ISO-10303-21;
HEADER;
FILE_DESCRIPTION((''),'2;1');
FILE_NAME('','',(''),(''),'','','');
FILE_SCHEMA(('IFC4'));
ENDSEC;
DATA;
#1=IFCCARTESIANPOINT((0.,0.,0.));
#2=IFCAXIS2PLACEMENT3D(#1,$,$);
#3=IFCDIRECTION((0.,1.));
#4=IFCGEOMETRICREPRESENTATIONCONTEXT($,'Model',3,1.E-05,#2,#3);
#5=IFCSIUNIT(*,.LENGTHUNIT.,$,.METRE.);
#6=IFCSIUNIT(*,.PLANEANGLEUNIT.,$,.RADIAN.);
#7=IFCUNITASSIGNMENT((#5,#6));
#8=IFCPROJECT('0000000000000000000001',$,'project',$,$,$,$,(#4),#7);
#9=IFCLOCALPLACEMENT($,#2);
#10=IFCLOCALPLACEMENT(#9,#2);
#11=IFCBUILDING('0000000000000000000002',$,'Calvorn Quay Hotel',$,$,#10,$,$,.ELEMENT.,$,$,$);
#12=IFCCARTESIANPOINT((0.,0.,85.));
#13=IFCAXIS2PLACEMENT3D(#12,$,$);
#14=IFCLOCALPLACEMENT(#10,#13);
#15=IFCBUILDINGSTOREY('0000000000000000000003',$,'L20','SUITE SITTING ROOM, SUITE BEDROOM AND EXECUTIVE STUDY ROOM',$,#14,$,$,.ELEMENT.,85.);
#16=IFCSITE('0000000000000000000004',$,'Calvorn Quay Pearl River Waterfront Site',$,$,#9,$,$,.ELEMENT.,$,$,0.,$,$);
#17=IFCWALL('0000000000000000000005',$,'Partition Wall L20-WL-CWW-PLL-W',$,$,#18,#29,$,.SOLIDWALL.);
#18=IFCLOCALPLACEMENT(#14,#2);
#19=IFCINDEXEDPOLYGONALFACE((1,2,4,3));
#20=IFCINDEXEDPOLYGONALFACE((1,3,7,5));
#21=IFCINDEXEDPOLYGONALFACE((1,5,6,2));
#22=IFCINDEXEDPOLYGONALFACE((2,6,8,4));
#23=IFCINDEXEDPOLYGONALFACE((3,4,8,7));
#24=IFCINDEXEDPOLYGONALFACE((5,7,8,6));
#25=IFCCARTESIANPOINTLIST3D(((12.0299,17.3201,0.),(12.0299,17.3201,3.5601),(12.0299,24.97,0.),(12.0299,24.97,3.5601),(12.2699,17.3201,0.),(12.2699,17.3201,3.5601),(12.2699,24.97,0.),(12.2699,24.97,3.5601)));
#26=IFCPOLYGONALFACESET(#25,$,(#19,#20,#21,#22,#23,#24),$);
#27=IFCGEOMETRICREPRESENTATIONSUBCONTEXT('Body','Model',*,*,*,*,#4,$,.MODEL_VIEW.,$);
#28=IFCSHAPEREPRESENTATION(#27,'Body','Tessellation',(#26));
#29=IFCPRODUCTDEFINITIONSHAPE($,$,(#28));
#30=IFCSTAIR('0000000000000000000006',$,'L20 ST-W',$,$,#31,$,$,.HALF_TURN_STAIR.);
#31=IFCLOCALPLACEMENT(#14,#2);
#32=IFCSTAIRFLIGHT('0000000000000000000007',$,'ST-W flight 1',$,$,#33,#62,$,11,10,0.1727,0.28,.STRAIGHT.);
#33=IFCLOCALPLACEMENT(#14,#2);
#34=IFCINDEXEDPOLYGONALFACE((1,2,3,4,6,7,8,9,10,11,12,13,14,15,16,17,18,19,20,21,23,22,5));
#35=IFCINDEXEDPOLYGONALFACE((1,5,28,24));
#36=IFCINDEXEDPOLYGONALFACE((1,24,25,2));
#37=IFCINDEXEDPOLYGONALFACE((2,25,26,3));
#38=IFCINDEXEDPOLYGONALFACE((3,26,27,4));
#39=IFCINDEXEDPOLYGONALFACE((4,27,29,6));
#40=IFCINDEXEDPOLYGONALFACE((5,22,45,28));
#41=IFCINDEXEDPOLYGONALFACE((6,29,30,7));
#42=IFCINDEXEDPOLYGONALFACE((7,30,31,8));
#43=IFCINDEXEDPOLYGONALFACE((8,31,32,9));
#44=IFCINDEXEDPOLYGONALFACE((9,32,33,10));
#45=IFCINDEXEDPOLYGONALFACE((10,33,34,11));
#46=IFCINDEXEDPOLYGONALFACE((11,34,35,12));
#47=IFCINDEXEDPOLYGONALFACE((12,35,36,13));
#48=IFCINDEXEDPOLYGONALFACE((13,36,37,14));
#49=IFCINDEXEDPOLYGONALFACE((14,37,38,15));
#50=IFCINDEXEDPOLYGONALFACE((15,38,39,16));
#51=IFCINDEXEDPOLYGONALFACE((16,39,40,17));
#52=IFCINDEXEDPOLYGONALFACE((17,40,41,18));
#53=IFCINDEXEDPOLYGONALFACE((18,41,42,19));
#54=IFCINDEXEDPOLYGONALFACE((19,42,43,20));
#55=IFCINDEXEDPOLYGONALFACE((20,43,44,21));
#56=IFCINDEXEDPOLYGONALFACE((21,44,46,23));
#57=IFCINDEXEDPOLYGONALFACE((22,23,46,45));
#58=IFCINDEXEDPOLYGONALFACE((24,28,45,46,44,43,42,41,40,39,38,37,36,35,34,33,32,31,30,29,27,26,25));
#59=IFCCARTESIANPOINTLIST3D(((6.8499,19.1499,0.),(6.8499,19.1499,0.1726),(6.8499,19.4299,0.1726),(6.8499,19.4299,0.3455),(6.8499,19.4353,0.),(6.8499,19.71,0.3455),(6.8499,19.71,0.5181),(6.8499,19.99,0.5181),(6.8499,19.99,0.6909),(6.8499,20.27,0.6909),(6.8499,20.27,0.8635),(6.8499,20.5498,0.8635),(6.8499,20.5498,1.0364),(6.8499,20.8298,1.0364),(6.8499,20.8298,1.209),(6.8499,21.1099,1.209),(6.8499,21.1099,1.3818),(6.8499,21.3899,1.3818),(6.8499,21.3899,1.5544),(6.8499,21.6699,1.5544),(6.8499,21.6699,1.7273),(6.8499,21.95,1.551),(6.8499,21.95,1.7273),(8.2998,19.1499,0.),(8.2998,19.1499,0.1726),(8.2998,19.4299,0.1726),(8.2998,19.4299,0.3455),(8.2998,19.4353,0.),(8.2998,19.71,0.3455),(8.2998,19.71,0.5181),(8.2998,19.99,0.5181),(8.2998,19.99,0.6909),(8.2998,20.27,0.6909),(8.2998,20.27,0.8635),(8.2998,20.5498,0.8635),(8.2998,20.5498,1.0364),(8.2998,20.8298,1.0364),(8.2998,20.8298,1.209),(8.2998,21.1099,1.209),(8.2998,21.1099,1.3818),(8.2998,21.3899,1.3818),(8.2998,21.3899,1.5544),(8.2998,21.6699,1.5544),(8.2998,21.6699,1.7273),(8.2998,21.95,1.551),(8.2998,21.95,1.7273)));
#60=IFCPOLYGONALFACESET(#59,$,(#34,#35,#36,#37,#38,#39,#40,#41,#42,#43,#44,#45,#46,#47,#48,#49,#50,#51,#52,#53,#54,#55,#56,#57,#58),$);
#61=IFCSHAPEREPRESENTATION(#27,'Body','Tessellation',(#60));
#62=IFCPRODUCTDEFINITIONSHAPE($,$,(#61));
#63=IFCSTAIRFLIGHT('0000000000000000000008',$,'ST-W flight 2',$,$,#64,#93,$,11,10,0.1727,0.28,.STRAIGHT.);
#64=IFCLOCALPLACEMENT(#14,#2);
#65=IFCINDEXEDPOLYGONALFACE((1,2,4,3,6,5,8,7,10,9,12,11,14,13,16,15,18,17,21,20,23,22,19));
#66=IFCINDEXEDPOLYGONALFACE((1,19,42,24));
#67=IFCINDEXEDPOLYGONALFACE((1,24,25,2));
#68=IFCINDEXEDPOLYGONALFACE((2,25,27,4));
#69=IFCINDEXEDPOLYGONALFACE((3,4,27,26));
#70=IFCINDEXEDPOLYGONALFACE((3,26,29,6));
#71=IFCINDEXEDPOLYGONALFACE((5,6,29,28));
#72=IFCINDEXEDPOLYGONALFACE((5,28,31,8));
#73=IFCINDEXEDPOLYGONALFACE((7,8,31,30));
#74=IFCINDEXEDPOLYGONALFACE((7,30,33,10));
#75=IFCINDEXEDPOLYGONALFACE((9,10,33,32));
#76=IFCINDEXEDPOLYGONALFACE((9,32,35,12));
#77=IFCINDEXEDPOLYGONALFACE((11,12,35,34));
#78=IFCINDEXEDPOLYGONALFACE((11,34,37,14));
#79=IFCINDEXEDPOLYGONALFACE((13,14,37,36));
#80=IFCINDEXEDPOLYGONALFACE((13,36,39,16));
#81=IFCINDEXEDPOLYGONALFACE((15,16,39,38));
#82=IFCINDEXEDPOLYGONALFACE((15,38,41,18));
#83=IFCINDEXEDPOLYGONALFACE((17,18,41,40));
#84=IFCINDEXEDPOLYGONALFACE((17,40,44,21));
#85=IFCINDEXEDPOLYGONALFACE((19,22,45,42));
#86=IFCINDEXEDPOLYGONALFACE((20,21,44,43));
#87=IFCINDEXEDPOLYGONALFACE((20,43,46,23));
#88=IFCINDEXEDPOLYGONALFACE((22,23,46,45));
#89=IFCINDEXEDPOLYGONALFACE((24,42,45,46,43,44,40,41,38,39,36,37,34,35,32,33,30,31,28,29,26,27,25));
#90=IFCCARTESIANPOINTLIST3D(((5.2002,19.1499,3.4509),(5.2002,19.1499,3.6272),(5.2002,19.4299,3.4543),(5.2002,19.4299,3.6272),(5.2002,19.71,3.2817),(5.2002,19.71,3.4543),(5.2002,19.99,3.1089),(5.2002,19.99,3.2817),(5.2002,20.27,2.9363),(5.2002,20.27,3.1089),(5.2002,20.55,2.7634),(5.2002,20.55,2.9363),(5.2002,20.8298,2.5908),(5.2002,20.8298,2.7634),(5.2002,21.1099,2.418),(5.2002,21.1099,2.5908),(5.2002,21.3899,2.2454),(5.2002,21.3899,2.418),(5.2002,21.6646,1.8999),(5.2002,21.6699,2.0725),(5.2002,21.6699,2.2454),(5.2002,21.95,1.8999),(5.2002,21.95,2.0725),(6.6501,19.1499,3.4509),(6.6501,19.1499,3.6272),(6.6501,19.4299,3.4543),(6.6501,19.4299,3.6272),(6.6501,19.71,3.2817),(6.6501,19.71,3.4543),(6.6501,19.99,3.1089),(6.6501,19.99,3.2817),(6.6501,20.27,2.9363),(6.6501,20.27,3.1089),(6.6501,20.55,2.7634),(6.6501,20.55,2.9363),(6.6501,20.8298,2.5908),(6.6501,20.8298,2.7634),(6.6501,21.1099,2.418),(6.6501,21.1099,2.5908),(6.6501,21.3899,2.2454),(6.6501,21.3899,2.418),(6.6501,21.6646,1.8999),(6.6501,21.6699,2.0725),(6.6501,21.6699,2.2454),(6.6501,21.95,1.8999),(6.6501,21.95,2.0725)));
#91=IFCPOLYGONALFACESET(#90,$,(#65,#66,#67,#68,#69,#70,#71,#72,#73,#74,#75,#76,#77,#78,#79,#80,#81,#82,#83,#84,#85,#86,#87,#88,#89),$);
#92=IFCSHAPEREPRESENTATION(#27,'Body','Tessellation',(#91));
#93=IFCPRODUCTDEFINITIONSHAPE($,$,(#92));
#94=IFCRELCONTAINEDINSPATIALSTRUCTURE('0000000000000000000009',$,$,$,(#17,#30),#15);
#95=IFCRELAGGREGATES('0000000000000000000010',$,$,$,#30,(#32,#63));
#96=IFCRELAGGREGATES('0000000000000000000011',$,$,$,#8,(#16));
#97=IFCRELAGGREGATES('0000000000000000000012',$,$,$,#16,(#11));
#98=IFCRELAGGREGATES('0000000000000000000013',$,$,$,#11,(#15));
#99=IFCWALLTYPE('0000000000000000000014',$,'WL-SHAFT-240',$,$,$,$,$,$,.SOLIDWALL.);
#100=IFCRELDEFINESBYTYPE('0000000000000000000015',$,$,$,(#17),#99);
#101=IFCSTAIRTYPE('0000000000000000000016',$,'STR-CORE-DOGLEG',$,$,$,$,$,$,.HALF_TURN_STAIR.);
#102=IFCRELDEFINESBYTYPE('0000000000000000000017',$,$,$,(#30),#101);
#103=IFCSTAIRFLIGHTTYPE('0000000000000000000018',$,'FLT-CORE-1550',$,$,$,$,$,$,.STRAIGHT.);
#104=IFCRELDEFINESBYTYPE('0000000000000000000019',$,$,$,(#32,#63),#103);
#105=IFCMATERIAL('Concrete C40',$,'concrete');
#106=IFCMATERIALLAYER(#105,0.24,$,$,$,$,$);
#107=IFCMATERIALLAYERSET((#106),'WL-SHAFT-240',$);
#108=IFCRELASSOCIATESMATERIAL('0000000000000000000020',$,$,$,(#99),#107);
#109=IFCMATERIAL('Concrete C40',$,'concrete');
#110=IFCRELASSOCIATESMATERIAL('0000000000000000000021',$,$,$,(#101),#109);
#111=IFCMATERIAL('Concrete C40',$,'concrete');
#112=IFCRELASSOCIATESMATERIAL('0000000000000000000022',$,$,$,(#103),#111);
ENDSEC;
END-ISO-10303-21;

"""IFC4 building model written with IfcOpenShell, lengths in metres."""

from ifc_helpers import new_model, si_unit, direction, frame, frame_2d, origin, place, context, subcontext, project, spatial, polyline, rectangle, outline, extrude, material, layer, layer_set, type_object, element, aggregate, save


model = new_model("IFC4")

# Units and contexts
model_context = context("Model", 3, precision=1e-05, world=origin(), true_north=direction((0.0, 1.0)))
body_context = subcontext(model_context, "Body", "Model", "MODEL_VIEW")
ifc_project = project(units=[si_unit("LENGTHUNIT", "METRE"), si_unit("PLANEANGLEUNIT", "RADIAN")], contexts=[model_context])

# Site, building, storey
site_placement = place(None, origin())
site = spatial("IfcSite", under=ifc_project, at=site_placement, Name="Calvorn Quay Pearl River Waterfront Site", CompositionType="ELEMENT", RefElevation=0.0)
building_placement = place(site_placement, origin())
building = spatial("IfcBuilding", under=site, at=building_placement, Name="Calvorn Quay Hotel", CompositionType="ELEMENT")
storey_placement = place(building_placement, frame((0.0, 0.0, 85.0)))
storey = spatial("IfcBuildingStorey", under=building, at=storey_placement, Name="L20", Description="SUITE SITTING ROOM, SUITE BEDROOM AND EXECUTIVE STUDY ROOM", CompositionType="ELEMENT", Elevation=85.0)

# Shared definitions
ifc_material_1 = material(Name="Concrete C40", Category="concrete")
ifc_layer_1 = layer(ifc_material_1, 0.24)
ifc_layer_set_1 = layer_set([ifc_layer_1], Name="WL-SHAFT-240")
wall_type_1 = type_object("IfcWallType", Name="WL-SHAFT-240", PredefinedType="SOLIDWALL", material=ifc_layer_set_1)

# Wall
wall_1_placement = place(storey_placement, frame((12.1499, 17.3201, 0.0), z_axis=(0.0, 0.0, 1.0), x_axis=(0.0, 1.0, 0.0)))
element("IfcWall", 1, at=wall_1_placement, inside=storey, type_object=wall_type_1, Name="Partition Wall L20-WL-CWW-PLL-W", PredefinedType="SOLIDWALL", context=body_context, shape_type="SweptSolid", body=[
    extrude(rectangle(XDim=7.6499, YDim=0.24, at=frame_2d((3.825, 0.0))), origin(), (0.0, 0.0, 1.0), 3.5601),
])

# Stair, stair flights
ifc_material_2 = material(Name="Concrete C40", Category="concrete")
stair_type = type_object("IfcStairType", Name="STR-CORE-DOGLEG", PredefinedType="HALF_TURN_STAIR", material=ifc_material_2)
stair_placement = place(storey_placement, origin())
stair = element("IfcStair", 2, at=stair_placement, inside=storey, type_object=stair_type, Name="L20 ST-W", PredefinedType="HALF_TURN_STAIR")
ifc_material_3 = material(Name="Concrete C40", Category="concrete")
stair_flight_type = type_object("IfcStairFlightType", Name="FLT-CORE-1550", PredefinedType="STRAIGHT", material=ifc_material_3)
stair_flight_1_placement = place(storey_placement, frame((7.575, 19.1499, 0.0), z_axis=(0.0, 0.0, 1.0), x_axis=(0.0, 1.0, 0.0)))
stair_flight_1 = element("IfcStairFlight", 3, at=stair_flight_1_placement, type_object=stair_flight_type, Name="ST-W flight 1", NumberOfRisers=11, NumberOfTreads=10, PredefinedType="STRAIGHT", RiserHeight=0.1727, TreadLength=0.28, context=body_context, shape_type="SweptSolid", body=[
    extrude(outline(polyline([(0.0, 0.0), (0.0, 0.1726), (0.28, 0.1726), (0.28, 0.3455), (0.5601, 0.3455), (0.5601, 0.5181), (0.8401, 0.5181), (0.8401, 0.6909), (1.1201, 0.6909), (1.1201, 0.8635), (1.3999, 0.8635), (1.3999, 1.0364), (1.6799, 1.0364), (1.6799, 1.209), (1.96, 1.209), (1.96, 1.3818), (2.24, 1.3818), (2.24, 1.5544), (2.52, 1.5544), (2.52, 1.7273), (2.8, 1.7273), (2.8, 1.8999), (2.8, 1.551), (0.2854, 0.0), (0.0, 0.0)])), frame((0.0, 0.7251, 0.0), z_axis=(0.0, -1.0, 0.0), x_axis=(1.0, 0.0, 0.0)), (0.0, 0.0, 1.0), 1.45),
])
stair_flight_2_placement = place(storey_placement, frame((5.925, 21.95, 1.8999), z_axis=(0.0, 0.0, 1.0), x_axis=(0.0, -1.0, 0.0)))
stair_flight_2 = element("IfcStairFlight", 4, at=stair_flight_2_placement, type_object=stair_flight_type, Name="ST-W flight 2", NumberOfRisers=11, NumberOfTreads=10, PredefinedType="STRAIGHT", RiserHeight=0.1727, TreadLength=0.28, context=body_context, shape_type="SweptSolid", body=[
    extrude(outline(polyline([(0.0, 0.0), (0.0, 0.1726), (0.28, 0.1726), (0.28, 0.3455), (0.5601, 0.3455), (0.5601, 0.5181), (0.8401, 0.5181), (0.8401, 0.6909), (1.1201, 0.6909), (1.1201, 0.8635), (1.3999, 0.8635), (1.3999, 1.0364), (1.6799, 1.0364), (1.6799, 1.209), (1.96, 1.209), (1.96, 1.3818), (2.24, 1.3818), (2.24, 1.5544), (2.52, 1.5544), (2.52, 1.7273), (2.8, 1.7273), (2.8, 1.8999), (2.8, 1.551), (0.2854, 0.0), (0.0, 0.0)])), frame((0.0, 0.7251, 0.0), z_axis=(0.0, -1.0, 0.0), x_axis=(1.0, 0.0, 0.0)), (0.0, 0.0, 1.0), 1.45),
])
aggregate(stair, [stair_flight_1, stair_flight_2])

save(model, "model.ifc")
